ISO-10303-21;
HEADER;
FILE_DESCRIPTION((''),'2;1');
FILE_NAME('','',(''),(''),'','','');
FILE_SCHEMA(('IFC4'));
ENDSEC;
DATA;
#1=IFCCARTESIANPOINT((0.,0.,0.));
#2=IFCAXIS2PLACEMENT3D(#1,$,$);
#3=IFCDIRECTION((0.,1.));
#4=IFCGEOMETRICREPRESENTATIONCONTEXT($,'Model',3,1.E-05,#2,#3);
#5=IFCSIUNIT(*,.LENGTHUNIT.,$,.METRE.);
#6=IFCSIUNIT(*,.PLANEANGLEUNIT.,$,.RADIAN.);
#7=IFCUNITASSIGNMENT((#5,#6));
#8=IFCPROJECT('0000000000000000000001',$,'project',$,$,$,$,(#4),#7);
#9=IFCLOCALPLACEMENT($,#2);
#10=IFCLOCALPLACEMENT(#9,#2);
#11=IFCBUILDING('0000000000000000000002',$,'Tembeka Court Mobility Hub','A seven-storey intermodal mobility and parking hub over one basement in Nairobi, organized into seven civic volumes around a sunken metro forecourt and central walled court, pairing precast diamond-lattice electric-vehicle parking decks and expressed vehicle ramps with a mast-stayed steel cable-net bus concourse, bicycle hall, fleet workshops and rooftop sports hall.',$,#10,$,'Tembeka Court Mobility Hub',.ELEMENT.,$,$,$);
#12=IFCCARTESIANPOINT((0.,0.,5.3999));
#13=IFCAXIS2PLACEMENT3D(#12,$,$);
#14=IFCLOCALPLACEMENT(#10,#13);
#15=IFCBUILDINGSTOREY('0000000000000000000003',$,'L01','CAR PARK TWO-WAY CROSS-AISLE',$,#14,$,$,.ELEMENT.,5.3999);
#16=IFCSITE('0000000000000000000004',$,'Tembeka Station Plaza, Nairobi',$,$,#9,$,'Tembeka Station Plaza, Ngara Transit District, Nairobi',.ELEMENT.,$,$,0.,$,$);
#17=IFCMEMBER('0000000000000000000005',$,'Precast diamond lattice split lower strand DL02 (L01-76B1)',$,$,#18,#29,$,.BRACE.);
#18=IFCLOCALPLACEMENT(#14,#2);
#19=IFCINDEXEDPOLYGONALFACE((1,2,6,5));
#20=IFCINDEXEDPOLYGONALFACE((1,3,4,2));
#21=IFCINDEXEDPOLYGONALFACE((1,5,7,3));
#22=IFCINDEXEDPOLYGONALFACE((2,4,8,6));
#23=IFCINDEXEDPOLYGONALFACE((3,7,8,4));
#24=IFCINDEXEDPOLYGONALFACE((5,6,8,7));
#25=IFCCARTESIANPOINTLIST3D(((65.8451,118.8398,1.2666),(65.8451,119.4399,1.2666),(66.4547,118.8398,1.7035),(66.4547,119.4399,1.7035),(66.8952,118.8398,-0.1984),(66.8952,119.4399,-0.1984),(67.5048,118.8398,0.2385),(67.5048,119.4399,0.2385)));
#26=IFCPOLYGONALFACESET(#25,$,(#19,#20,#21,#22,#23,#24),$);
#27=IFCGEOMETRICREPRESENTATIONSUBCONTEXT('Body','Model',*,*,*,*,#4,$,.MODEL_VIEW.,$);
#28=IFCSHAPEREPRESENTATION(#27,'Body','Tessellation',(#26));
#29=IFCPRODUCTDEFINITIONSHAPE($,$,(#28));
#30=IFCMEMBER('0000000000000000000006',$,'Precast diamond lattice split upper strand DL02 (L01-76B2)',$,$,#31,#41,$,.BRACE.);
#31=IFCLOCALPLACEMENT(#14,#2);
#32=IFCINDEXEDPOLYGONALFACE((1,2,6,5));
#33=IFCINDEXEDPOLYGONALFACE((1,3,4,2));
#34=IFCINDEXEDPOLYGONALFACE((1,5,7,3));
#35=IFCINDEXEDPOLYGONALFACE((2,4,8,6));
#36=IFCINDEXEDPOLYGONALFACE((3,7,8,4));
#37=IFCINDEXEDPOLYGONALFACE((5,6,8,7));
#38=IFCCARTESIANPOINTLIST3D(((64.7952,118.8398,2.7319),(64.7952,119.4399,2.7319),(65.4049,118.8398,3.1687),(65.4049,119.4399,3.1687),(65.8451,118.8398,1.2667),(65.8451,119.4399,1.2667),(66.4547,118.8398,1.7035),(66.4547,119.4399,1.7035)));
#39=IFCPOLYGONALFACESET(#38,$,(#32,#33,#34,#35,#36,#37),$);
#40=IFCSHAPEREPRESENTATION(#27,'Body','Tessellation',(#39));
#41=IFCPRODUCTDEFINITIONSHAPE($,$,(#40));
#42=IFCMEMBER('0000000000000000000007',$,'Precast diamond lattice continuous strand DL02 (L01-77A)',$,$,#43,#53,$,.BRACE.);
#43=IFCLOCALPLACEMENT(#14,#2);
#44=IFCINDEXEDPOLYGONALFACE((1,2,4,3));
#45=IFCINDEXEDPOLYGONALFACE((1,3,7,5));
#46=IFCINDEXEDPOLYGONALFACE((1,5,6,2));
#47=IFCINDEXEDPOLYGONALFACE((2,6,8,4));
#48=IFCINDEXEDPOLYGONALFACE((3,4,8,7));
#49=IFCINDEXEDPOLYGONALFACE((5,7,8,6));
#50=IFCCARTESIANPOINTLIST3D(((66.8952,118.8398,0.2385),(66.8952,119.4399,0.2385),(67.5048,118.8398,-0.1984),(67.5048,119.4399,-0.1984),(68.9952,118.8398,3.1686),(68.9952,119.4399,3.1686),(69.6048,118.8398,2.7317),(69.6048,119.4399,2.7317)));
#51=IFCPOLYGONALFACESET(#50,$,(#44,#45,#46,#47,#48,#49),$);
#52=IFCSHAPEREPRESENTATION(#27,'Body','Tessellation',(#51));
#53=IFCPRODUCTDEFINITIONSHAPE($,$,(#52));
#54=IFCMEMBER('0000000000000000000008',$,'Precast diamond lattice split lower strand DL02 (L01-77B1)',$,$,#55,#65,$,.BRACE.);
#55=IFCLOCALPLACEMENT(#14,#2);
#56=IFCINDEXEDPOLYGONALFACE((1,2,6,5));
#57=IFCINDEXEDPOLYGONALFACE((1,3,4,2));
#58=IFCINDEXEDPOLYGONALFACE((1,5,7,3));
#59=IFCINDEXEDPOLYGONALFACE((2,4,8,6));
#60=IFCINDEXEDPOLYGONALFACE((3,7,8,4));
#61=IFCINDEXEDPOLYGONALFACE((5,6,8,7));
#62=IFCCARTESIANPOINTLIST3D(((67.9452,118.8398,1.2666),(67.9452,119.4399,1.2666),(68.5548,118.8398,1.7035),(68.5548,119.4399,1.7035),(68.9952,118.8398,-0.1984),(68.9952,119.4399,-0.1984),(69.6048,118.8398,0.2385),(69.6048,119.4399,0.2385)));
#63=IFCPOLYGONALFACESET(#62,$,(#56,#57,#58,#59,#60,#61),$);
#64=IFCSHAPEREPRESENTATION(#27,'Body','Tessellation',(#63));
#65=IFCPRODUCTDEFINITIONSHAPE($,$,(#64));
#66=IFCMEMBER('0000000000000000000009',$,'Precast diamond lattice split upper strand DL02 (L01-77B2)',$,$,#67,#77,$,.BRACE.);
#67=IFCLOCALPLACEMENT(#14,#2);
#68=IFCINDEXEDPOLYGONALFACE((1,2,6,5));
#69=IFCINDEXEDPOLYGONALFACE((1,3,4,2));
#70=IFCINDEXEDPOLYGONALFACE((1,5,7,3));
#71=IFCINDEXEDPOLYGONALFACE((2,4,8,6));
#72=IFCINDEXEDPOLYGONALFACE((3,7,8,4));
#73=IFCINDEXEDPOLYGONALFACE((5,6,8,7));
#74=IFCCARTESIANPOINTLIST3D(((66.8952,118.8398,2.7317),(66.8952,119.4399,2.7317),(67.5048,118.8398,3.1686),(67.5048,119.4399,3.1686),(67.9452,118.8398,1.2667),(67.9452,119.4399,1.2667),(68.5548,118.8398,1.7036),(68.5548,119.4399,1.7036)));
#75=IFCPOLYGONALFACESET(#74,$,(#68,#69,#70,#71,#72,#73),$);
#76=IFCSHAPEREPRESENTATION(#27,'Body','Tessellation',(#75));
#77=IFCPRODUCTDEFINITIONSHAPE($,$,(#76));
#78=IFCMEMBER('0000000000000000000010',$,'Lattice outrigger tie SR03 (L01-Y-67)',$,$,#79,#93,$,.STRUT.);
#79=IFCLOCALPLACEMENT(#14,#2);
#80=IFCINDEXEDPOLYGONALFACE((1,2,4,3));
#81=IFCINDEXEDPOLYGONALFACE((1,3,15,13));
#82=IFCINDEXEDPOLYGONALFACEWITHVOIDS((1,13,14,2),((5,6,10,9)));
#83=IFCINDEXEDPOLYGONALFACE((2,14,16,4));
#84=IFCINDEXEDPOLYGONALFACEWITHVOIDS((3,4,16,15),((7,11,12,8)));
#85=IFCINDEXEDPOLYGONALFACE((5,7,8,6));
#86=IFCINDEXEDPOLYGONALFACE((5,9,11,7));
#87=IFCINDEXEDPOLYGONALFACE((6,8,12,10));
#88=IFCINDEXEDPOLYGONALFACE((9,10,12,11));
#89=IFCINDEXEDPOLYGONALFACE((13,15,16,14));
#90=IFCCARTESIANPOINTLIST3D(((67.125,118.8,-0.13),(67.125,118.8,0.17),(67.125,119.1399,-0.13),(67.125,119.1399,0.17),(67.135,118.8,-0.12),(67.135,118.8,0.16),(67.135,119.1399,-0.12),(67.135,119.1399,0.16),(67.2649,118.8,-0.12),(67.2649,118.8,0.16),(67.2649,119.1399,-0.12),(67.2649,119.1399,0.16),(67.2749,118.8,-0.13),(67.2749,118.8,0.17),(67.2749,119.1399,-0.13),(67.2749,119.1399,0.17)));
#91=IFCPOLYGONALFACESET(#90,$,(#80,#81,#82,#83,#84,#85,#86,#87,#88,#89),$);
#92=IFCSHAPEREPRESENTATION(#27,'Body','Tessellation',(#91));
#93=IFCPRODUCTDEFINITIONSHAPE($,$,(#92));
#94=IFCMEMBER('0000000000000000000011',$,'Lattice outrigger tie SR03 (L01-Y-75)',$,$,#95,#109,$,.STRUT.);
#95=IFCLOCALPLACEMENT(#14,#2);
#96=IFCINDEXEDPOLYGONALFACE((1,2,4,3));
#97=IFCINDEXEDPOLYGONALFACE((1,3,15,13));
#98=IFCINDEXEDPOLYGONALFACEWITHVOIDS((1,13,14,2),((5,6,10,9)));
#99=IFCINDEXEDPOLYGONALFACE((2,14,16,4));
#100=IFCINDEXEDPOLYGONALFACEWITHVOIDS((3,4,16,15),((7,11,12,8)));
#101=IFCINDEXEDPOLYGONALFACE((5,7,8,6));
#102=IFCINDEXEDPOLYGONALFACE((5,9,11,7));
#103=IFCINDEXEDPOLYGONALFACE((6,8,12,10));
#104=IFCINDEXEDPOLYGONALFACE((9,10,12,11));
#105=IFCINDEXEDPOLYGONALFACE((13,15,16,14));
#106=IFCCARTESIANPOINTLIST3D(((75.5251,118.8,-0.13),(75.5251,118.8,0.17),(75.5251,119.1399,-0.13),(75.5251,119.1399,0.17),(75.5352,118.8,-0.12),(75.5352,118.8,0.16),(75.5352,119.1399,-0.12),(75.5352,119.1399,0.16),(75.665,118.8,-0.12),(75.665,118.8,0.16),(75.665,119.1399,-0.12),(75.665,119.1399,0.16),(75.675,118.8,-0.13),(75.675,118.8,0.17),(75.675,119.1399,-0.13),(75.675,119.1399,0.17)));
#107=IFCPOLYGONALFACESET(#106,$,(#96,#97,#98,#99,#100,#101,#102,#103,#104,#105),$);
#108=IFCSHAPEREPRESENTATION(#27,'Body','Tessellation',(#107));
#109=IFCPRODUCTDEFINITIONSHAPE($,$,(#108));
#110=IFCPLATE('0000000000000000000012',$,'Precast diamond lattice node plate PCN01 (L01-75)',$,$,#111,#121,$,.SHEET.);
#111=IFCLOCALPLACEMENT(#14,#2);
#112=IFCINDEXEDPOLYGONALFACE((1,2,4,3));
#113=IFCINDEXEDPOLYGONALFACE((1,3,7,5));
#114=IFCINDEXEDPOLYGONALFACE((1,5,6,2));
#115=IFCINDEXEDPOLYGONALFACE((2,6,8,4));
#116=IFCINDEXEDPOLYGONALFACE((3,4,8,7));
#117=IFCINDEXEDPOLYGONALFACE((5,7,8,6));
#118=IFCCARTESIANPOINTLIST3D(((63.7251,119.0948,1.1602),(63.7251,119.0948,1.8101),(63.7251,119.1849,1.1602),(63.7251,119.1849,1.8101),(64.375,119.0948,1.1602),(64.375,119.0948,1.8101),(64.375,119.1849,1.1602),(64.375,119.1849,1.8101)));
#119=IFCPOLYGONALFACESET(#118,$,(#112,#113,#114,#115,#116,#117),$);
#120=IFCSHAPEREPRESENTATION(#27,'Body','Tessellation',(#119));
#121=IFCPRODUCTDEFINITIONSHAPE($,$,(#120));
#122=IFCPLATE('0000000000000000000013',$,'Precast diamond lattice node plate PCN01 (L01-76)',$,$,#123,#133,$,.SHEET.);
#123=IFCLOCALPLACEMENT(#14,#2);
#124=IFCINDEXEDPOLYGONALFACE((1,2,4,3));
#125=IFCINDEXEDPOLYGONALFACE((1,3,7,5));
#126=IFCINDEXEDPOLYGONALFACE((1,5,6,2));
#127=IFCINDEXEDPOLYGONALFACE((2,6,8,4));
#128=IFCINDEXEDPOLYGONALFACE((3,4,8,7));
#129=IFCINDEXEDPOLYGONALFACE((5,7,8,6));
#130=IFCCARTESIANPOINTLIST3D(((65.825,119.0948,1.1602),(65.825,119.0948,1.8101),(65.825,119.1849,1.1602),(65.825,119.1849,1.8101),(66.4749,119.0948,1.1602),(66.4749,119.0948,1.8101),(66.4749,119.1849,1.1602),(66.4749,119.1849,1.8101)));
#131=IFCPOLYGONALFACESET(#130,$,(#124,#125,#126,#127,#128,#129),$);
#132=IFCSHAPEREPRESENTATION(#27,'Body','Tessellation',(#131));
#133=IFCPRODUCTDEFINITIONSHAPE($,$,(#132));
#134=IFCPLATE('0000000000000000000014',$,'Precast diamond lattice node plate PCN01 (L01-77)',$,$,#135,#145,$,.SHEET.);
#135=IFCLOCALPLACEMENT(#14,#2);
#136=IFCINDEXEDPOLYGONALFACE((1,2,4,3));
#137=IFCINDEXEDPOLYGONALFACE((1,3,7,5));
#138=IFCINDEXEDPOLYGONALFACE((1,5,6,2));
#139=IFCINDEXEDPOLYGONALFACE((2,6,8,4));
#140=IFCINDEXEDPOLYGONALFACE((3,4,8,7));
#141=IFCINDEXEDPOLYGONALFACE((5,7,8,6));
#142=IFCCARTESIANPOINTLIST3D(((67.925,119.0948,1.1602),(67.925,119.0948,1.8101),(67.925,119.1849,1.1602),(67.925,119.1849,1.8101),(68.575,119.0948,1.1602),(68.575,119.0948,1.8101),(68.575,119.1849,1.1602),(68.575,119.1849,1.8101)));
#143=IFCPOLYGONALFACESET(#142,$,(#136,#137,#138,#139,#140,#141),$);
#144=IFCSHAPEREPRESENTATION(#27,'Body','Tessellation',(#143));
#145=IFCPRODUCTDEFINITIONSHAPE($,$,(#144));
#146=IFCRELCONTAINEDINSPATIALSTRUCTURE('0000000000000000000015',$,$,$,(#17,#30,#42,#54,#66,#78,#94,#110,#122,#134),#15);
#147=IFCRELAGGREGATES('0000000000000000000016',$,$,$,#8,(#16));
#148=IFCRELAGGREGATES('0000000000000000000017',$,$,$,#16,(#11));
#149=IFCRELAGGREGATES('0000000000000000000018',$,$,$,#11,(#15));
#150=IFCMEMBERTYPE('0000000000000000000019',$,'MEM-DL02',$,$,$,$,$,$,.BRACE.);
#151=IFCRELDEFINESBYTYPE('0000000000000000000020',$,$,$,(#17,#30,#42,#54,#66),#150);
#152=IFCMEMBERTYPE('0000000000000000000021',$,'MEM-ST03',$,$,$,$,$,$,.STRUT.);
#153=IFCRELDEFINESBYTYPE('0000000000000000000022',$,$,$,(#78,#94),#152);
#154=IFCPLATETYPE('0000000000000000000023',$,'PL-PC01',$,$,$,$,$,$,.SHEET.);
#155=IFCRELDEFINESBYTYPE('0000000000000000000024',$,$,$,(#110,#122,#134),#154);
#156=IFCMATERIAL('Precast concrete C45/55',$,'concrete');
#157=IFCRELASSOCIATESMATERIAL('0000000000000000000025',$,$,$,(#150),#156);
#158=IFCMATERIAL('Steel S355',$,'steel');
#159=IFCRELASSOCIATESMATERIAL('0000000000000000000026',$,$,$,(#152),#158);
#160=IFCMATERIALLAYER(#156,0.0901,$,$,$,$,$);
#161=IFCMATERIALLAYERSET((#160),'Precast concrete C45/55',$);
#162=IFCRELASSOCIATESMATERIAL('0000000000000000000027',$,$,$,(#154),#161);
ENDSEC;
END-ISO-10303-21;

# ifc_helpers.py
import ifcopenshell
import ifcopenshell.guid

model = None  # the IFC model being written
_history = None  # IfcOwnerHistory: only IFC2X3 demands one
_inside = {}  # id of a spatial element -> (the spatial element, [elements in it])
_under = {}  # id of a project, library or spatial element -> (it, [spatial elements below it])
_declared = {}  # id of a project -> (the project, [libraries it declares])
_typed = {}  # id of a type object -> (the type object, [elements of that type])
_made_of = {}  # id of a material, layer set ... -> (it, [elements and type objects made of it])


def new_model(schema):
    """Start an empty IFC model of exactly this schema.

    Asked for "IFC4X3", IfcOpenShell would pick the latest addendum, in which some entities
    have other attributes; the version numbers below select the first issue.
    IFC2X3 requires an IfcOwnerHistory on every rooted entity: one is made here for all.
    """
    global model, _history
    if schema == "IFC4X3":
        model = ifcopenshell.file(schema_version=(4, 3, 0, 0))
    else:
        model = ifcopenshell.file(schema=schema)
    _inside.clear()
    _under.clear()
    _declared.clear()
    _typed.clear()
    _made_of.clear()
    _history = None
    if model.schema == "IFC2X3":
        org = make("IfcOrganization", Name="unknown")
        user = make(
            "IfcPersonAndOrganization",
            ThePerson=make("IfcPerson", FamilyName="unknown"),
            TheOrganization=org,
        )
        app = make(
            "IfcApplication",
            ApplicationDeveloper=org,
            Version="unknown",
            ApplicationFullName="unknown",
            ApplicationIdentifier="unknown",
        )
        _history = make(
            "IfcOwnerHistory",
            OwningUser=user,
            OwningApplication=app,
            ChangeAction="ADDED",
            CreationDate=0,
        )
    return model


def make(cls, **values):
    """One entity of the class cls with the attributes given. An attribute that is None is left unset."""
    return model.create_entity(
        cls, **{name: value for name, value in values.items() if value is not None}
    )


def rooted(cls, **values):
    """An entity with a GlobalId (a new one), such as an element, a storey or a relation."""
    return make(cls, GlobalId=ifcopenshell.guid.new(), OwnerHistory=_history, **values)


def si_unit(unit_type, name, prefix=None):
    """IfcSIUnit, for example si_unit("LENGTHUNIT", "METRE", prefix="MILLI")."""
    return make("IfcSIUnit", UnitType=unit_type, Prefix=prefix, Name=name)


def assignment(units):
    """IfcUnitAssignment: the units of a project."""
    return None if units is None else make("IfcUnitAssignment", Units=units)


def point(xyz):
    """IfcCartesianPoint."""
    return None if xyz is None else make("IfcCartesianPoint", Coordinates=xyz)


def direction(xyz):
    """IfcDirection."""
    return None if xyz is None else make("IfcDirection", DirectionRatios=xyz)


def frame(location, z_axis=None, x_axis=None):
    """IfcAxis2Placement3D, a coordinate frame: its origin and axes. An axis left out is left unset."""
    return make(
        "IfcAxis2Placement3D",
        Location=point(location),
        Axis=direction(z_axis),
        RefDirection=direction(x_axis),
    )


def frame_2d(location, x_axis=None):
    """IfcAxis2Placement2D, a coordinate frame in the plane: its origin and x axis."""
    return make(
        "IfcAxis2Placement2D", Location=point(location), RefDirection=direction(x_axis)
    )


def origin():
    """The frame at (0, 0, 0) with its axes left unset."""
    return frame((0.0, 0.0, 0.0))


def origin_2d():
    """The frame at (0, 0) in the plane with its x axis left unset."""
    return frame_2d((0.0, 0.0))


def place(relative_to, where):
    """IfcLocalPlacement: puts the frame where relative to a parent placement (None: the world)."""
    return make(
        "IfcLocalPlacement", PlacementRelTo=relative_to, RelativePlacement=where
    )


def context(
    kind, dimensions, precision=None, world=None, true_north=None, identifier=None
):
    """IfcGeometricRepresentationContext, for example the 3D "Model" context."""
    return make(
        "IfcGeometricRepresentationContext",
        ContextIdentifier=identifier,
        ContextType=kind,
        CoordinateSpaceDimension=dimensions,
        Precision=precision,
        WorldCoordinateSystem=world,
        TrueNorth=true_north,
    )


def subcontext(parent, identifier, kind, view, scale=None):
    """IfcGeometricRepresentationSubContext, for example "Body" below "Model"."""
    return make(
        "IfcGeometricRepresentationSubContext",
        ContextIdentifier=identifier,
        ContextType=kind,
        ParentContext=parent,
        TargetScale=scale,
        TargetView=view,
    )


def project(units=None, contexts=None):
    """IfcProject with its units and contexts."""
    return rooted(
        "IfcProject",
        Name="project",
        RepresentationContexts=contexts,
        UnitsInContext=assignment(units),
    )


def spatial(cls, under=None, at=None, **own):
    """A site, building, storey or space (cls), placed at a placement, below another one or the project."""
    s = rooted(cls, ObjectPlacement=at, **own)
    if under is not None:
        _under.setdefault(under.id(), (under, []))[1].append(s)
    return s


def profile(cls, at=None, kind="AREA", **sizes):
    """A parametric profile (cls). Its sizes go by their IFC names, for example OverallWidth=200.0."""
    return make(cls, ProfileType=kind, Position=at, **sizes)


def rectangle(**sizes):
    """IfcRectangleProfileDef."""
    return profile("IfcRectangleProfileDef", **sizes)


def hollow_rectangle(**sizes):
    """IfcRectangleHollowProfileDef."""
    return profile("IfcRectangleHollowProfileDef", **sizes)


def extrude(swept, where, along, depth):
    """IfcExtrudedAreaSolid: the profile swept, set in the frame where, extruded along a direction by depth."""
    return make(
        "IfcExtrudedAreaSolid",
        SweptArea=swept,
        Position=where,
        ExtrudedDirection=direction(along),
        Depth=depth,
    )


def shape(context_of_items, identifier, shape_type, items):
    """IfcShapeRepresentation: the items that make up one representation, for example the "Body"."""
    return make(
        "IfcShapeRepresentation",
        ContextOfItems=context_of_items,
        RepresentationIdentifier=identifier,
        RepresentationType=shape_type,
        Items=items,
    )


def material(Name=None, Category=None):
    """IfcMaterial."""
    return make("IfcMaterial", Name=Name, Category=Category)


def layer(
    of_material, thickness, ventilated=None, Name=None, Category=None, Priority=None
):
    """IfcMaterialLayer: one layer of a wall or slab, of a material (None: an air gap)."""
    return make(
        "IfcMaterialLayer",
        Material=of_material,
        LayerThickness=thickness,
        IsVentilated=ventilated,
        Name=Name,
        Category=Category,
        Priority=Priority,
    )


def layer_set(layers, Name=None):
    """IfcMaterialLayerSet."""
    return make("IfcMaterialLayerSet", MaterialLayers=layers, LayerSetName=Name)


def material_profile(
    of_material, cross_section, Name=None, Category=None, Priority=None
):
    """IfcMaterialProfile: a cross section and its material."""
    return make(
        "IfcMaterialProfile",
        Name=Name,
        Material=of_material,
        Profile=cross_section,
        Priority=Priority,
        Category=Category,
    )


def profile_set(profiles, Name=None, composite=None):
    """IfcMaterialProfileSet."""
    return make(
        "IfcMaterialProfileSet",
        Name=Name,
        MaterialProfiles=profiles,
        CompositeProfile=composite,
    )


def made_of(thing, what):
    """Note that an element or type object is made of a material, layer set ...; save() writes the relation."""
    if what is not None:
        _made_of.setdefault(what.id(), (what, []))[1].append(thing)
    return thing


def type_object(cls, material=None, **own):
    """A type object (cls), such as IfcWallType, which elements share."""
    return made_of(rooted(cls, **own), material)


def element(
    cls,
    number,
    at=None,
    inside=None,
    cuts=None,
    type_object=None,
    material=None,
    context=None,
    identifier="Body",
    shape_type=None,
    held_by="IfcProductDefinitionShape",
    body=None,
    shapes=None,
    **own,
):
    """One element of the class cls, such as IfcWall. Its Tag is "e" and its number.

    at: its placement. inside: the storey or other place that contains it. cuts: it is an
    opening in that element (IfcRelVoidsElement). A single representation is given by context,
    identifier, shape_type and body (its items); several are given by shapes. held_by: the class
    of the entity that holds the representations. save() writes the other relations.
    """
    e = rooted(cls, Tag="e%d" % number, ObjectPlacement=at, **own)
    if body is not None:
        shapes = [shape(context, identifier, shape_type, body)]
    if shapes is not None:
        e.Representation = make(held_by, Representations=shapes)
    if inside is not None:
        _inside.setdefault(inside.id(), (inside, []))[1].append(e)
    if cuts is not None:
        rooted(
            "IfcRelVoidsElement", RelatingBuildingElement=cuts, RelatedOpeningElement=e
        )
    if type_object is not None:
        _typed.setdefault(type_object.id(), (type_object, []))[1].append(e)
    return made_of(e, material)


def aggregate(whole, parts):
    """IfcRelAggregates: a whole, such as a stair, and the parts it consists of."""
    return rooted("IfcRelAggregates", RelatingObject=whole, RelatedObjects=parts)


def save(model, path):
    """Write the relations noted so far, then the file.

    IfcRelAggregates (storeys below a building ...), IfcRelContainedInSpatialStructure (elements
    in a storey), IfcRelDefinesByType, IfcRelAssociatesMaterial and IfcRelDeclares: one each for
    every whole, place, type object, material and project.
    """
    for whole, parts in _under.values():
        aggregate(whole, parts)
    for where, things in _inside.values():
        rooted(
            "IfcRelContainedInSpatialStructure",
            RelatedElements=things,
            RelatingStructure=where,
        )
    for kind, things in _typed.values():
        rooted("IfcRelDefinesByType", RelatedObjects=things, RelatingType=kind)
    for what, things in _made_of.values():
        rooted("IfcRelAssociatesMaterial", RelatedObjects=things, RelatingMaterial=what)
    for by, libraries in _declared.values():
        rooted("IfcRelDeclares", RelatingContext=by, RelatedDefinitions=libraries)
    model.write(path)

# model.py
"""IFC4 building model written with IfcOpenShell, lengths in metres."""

from ifc_helpers import new_model, si_unit, direction, frame, origin, origin_2d, place, context, subcontext, project, spatial, rectangle, hollow_rectangle, extrude, material, layer, layer_set, material_profile, profile_set, type_object, element, save


model = new_model("IFC4")

# Units and contexts
model_context = context("Model", 3, precision=1e-05, world=origin(), true_north=direction((0.0, 1.0)))
body_context = subcontext(model_context, "Body", "Model", "MODEL_VIEW")
ifc_project = project(units=[si_unit("LENGTHUNIT", "METRE"), si_unit("PLANEANGLEUNIT", "RADIAN")], contexts=[model_context])

# Site, building, storey
site_placement = place(None, origin())
site = spatial("IfcSite", under=ifc_project, at=site_placement, Name="Tembeka Station Plaza, Nairobi", LongName="Tembeka Station Plaza, Ngara Transit District, Nairobi", CompositionType="ELEMENT", RefElevation=0.0)
building_placement = place(site_placement, origin())
building = spatial("IfcBuilding", under=site, at=building_placement, Name="Tembeka Court Mobility Hub", Description="A seven-storey intermodal mobility and parking hub over one basement in Nairobi, organized into seven civic volumes around a sunken metro forecourt and central walled court, pairing precast diamond-lattice electric-vehicle parking decks and expressed vehicle ramps with a mast-stayed steel cable-net bus concourse, bicycle hall, fleet workshops and rooftop sports hall.", LongName="Tembeka Court Mobility Hub", CompositionType="ELEMENT")
storey_placement = place(building_placement, frame((0.0, 0.0, 5.3999)))
storey = spatial("IfcBuildingStorey", under=building, at=storey_placement, Name="L01", Description="CAR PARK TWO-WAY CROSS-AISLE", CompositionType="ELEMENT", Elevation=5.3999)

# Shared definitions
ifc_material_1 = material(Name="Steel S355", Category="steel")

# Shared definitions
ifc_material_2 = material(Name="Precast concrete C45/55", Category="concrete")

# Members
ifc_material_profile_1 = material_profile(ifc_material_2, rectangle(XDim=0.6001, YDim=0.75, at=origin_2d()), Name="PC-DIAG 600x750")
ifc_profile_set_1 = profile_set([ifc_material_profile_1], Name="Precast concrete C45/55")
member_type_1 = type_object("IfcMemberType", Name="MEM-DL02", PredefinedType="BRACE", material=ifc_profile_set_1)
for number, where, z_axis, x_axis, name in (
    (1, (67.2, 119.1399, 0.02), (-0.582544, 0.0, 0.812799), (0.0, -1.0, 0.0), "Precast diamond lattice split lower strand DL02 (L01-76B1)"),
    (2, (66.1499, 119.1399, 1.4851), (-0.582455, 0.0, 0.812863), (0.0, -1.0, 0.0), "Precast diamond lattice split upper strand DL02 (L01-76B2)"),
):
    element("IfcMember", number, at=place(storey_placement, frame(where, z_axis=z_axis, x_axis=x_axis)), inside=storey, type_object=member_type_1, Name=name, PredefinedType="BRACE", context=body_context, shape_type="SweptSolid", body=[
        extrude(rectangle(XDim=0.6001, YDim=0.75, at=origin_2d()), origin(), (0.0, 0.0, 1.0), 1.8025),
    ])
member_1_placement = place(storey_placement, frame((67.2, 119.1399, 0.02), z_axis=(0.582544, 0.0, 0.812799), x_axis=(0.0, 1.0, 0.0)))
element("IfcMember", 3, at=member_1_placement, inside=storey, type_object=member_type_1, Name="Precast diamond lattice continuous strand DL02 (L01-77A)", PredefinedType="BRACE", context=body_context, shape_type="SweptSolid", body=[
    extrude(rectangle(XDim=0.6001, YDim=0.75, at=origin_2d()), origin(), (0.0, 0.0, 1.0), 3.605),
])
for number, where, z_axis, x_axis, name in (
    (4, (69.3, 119.1399, 0.02), (-0.582544, 0.0, 0.812799), (0.0, -1.0, 0.0), "Precast diamond lattice split lower strand DL02 (L01-77B1)"),
    (5, (68.25, 119.1399, 1.4851), (-0.582544, 0.0, 0.812799), (0.0, -1.0, 0.0), "Precast diamond lattice split upper strand DL02 (L01-77B2)"),
):
    element("IfcMember", number, at=place(storey_placement, frame(where, z_axis=z_axis, x_axis=x_axis)), inside=storey, type_object=member_type_1, Name=name, PredefinedType="BRACE", context=body_context, shape_type="SweptSolid", body=[
        extrude(rectangle(XDim=0.6001, YDim=0.75, at=origin_2d()), origin(), (0.0, 0.0, 1.0), 1.8025),
    ])
ifc_material_profile_2 = material_profile(ifc_material_1, hollow_rectangle(XDim=0.1499, YDim=0.3, WallThickness=0.01, at=origin_2d()), Name="RHS 300x150x10")
ifc_profile_set_2 = profile_set([ifc_material_profile_2], Name="Steel S355")
member_type_2 = type_object("IfcMemberType", Name="MEM-ST03", PredefinedType="STRUT", material=ifc_profile_set_2)
for number, where, z_axis, x_axis, name in (
    (6, (67.2, 118.8, 0.02), (0.0, 1.0, 0.0), (-1.0, 0.0, 0.0), "Lattice outrigger tie SR03 (L01-Y-67)"),
    (7, (75.6001, 118.8, 0.02), (0.0, 1.0, 0.0), (-1.0, 0.0, 0.0), "Lattice outrigger tie SR03 (L01-Y-75)"),
):
    element("IfcMember", number, at=place(storey_placement, frame(where, z_axis=z_axis, x_axis=x_axis)), inside=storey, type_object=member_type_2, Name=name, PredefinedType="STRUT", context=body_context, shape_type="SweptSolid", body=[
        extrude(hollow_rectangle(XDim=0.1499, YDim=0.3, WallThickness=0.01, at=origin_2d()), origin(), (0.0, 0.0, 1.0), 0.3398),
    ])

# Plates
ifc_layer = layer(ifc_material_2, 0.0901)
ifc_layer_set = layer_set([ifc_layer], Name="Precast concrete C45/55")
plate_type = type_object("IfcPlateType", Name="PL-PC01", PredefinedType="SHEET", material=ifc_layer_set)
for number, where, z_axis, x_axis, name in (
    (8, (64.05, 119.1399, 1.1602), (0.0, 0.0, 1.0), (1.0, 0.0, 0.0), "Precast diamond lattice node plate PCN01 (L01-75)"),
    (9, (66.1499, 119.1399, 1.1602), (0.0, 0.0, 1.0), (1.0, 0.0, 0.0), "Precast diamond lattice node plate PCN01 (L01-76)"),
    (10, (68.25, 119.1399, 1.1602), (0.0, 0.0, 1.0), (1.0, 0.0, 0.0), "Precast diamond lattice node plate PCN01 (L01-77)"),
):
    element("IfcPlate", number, at=place(storey_placement, frame(where, z_axis=z_axis, x_axis=x_axis)), inside=storey, type_object=plate_type, Name=name, PredefinedType="SHEET", context=body_context, shape_type="SweptSolid", body=[
        extrude(rectangle(XDim=0.6499, YDim=0.0901, at=origin_2d()), origin(), (0.0, 0.0, 1.0), 0.6499),
    ])

save(model, "model.ifc")
